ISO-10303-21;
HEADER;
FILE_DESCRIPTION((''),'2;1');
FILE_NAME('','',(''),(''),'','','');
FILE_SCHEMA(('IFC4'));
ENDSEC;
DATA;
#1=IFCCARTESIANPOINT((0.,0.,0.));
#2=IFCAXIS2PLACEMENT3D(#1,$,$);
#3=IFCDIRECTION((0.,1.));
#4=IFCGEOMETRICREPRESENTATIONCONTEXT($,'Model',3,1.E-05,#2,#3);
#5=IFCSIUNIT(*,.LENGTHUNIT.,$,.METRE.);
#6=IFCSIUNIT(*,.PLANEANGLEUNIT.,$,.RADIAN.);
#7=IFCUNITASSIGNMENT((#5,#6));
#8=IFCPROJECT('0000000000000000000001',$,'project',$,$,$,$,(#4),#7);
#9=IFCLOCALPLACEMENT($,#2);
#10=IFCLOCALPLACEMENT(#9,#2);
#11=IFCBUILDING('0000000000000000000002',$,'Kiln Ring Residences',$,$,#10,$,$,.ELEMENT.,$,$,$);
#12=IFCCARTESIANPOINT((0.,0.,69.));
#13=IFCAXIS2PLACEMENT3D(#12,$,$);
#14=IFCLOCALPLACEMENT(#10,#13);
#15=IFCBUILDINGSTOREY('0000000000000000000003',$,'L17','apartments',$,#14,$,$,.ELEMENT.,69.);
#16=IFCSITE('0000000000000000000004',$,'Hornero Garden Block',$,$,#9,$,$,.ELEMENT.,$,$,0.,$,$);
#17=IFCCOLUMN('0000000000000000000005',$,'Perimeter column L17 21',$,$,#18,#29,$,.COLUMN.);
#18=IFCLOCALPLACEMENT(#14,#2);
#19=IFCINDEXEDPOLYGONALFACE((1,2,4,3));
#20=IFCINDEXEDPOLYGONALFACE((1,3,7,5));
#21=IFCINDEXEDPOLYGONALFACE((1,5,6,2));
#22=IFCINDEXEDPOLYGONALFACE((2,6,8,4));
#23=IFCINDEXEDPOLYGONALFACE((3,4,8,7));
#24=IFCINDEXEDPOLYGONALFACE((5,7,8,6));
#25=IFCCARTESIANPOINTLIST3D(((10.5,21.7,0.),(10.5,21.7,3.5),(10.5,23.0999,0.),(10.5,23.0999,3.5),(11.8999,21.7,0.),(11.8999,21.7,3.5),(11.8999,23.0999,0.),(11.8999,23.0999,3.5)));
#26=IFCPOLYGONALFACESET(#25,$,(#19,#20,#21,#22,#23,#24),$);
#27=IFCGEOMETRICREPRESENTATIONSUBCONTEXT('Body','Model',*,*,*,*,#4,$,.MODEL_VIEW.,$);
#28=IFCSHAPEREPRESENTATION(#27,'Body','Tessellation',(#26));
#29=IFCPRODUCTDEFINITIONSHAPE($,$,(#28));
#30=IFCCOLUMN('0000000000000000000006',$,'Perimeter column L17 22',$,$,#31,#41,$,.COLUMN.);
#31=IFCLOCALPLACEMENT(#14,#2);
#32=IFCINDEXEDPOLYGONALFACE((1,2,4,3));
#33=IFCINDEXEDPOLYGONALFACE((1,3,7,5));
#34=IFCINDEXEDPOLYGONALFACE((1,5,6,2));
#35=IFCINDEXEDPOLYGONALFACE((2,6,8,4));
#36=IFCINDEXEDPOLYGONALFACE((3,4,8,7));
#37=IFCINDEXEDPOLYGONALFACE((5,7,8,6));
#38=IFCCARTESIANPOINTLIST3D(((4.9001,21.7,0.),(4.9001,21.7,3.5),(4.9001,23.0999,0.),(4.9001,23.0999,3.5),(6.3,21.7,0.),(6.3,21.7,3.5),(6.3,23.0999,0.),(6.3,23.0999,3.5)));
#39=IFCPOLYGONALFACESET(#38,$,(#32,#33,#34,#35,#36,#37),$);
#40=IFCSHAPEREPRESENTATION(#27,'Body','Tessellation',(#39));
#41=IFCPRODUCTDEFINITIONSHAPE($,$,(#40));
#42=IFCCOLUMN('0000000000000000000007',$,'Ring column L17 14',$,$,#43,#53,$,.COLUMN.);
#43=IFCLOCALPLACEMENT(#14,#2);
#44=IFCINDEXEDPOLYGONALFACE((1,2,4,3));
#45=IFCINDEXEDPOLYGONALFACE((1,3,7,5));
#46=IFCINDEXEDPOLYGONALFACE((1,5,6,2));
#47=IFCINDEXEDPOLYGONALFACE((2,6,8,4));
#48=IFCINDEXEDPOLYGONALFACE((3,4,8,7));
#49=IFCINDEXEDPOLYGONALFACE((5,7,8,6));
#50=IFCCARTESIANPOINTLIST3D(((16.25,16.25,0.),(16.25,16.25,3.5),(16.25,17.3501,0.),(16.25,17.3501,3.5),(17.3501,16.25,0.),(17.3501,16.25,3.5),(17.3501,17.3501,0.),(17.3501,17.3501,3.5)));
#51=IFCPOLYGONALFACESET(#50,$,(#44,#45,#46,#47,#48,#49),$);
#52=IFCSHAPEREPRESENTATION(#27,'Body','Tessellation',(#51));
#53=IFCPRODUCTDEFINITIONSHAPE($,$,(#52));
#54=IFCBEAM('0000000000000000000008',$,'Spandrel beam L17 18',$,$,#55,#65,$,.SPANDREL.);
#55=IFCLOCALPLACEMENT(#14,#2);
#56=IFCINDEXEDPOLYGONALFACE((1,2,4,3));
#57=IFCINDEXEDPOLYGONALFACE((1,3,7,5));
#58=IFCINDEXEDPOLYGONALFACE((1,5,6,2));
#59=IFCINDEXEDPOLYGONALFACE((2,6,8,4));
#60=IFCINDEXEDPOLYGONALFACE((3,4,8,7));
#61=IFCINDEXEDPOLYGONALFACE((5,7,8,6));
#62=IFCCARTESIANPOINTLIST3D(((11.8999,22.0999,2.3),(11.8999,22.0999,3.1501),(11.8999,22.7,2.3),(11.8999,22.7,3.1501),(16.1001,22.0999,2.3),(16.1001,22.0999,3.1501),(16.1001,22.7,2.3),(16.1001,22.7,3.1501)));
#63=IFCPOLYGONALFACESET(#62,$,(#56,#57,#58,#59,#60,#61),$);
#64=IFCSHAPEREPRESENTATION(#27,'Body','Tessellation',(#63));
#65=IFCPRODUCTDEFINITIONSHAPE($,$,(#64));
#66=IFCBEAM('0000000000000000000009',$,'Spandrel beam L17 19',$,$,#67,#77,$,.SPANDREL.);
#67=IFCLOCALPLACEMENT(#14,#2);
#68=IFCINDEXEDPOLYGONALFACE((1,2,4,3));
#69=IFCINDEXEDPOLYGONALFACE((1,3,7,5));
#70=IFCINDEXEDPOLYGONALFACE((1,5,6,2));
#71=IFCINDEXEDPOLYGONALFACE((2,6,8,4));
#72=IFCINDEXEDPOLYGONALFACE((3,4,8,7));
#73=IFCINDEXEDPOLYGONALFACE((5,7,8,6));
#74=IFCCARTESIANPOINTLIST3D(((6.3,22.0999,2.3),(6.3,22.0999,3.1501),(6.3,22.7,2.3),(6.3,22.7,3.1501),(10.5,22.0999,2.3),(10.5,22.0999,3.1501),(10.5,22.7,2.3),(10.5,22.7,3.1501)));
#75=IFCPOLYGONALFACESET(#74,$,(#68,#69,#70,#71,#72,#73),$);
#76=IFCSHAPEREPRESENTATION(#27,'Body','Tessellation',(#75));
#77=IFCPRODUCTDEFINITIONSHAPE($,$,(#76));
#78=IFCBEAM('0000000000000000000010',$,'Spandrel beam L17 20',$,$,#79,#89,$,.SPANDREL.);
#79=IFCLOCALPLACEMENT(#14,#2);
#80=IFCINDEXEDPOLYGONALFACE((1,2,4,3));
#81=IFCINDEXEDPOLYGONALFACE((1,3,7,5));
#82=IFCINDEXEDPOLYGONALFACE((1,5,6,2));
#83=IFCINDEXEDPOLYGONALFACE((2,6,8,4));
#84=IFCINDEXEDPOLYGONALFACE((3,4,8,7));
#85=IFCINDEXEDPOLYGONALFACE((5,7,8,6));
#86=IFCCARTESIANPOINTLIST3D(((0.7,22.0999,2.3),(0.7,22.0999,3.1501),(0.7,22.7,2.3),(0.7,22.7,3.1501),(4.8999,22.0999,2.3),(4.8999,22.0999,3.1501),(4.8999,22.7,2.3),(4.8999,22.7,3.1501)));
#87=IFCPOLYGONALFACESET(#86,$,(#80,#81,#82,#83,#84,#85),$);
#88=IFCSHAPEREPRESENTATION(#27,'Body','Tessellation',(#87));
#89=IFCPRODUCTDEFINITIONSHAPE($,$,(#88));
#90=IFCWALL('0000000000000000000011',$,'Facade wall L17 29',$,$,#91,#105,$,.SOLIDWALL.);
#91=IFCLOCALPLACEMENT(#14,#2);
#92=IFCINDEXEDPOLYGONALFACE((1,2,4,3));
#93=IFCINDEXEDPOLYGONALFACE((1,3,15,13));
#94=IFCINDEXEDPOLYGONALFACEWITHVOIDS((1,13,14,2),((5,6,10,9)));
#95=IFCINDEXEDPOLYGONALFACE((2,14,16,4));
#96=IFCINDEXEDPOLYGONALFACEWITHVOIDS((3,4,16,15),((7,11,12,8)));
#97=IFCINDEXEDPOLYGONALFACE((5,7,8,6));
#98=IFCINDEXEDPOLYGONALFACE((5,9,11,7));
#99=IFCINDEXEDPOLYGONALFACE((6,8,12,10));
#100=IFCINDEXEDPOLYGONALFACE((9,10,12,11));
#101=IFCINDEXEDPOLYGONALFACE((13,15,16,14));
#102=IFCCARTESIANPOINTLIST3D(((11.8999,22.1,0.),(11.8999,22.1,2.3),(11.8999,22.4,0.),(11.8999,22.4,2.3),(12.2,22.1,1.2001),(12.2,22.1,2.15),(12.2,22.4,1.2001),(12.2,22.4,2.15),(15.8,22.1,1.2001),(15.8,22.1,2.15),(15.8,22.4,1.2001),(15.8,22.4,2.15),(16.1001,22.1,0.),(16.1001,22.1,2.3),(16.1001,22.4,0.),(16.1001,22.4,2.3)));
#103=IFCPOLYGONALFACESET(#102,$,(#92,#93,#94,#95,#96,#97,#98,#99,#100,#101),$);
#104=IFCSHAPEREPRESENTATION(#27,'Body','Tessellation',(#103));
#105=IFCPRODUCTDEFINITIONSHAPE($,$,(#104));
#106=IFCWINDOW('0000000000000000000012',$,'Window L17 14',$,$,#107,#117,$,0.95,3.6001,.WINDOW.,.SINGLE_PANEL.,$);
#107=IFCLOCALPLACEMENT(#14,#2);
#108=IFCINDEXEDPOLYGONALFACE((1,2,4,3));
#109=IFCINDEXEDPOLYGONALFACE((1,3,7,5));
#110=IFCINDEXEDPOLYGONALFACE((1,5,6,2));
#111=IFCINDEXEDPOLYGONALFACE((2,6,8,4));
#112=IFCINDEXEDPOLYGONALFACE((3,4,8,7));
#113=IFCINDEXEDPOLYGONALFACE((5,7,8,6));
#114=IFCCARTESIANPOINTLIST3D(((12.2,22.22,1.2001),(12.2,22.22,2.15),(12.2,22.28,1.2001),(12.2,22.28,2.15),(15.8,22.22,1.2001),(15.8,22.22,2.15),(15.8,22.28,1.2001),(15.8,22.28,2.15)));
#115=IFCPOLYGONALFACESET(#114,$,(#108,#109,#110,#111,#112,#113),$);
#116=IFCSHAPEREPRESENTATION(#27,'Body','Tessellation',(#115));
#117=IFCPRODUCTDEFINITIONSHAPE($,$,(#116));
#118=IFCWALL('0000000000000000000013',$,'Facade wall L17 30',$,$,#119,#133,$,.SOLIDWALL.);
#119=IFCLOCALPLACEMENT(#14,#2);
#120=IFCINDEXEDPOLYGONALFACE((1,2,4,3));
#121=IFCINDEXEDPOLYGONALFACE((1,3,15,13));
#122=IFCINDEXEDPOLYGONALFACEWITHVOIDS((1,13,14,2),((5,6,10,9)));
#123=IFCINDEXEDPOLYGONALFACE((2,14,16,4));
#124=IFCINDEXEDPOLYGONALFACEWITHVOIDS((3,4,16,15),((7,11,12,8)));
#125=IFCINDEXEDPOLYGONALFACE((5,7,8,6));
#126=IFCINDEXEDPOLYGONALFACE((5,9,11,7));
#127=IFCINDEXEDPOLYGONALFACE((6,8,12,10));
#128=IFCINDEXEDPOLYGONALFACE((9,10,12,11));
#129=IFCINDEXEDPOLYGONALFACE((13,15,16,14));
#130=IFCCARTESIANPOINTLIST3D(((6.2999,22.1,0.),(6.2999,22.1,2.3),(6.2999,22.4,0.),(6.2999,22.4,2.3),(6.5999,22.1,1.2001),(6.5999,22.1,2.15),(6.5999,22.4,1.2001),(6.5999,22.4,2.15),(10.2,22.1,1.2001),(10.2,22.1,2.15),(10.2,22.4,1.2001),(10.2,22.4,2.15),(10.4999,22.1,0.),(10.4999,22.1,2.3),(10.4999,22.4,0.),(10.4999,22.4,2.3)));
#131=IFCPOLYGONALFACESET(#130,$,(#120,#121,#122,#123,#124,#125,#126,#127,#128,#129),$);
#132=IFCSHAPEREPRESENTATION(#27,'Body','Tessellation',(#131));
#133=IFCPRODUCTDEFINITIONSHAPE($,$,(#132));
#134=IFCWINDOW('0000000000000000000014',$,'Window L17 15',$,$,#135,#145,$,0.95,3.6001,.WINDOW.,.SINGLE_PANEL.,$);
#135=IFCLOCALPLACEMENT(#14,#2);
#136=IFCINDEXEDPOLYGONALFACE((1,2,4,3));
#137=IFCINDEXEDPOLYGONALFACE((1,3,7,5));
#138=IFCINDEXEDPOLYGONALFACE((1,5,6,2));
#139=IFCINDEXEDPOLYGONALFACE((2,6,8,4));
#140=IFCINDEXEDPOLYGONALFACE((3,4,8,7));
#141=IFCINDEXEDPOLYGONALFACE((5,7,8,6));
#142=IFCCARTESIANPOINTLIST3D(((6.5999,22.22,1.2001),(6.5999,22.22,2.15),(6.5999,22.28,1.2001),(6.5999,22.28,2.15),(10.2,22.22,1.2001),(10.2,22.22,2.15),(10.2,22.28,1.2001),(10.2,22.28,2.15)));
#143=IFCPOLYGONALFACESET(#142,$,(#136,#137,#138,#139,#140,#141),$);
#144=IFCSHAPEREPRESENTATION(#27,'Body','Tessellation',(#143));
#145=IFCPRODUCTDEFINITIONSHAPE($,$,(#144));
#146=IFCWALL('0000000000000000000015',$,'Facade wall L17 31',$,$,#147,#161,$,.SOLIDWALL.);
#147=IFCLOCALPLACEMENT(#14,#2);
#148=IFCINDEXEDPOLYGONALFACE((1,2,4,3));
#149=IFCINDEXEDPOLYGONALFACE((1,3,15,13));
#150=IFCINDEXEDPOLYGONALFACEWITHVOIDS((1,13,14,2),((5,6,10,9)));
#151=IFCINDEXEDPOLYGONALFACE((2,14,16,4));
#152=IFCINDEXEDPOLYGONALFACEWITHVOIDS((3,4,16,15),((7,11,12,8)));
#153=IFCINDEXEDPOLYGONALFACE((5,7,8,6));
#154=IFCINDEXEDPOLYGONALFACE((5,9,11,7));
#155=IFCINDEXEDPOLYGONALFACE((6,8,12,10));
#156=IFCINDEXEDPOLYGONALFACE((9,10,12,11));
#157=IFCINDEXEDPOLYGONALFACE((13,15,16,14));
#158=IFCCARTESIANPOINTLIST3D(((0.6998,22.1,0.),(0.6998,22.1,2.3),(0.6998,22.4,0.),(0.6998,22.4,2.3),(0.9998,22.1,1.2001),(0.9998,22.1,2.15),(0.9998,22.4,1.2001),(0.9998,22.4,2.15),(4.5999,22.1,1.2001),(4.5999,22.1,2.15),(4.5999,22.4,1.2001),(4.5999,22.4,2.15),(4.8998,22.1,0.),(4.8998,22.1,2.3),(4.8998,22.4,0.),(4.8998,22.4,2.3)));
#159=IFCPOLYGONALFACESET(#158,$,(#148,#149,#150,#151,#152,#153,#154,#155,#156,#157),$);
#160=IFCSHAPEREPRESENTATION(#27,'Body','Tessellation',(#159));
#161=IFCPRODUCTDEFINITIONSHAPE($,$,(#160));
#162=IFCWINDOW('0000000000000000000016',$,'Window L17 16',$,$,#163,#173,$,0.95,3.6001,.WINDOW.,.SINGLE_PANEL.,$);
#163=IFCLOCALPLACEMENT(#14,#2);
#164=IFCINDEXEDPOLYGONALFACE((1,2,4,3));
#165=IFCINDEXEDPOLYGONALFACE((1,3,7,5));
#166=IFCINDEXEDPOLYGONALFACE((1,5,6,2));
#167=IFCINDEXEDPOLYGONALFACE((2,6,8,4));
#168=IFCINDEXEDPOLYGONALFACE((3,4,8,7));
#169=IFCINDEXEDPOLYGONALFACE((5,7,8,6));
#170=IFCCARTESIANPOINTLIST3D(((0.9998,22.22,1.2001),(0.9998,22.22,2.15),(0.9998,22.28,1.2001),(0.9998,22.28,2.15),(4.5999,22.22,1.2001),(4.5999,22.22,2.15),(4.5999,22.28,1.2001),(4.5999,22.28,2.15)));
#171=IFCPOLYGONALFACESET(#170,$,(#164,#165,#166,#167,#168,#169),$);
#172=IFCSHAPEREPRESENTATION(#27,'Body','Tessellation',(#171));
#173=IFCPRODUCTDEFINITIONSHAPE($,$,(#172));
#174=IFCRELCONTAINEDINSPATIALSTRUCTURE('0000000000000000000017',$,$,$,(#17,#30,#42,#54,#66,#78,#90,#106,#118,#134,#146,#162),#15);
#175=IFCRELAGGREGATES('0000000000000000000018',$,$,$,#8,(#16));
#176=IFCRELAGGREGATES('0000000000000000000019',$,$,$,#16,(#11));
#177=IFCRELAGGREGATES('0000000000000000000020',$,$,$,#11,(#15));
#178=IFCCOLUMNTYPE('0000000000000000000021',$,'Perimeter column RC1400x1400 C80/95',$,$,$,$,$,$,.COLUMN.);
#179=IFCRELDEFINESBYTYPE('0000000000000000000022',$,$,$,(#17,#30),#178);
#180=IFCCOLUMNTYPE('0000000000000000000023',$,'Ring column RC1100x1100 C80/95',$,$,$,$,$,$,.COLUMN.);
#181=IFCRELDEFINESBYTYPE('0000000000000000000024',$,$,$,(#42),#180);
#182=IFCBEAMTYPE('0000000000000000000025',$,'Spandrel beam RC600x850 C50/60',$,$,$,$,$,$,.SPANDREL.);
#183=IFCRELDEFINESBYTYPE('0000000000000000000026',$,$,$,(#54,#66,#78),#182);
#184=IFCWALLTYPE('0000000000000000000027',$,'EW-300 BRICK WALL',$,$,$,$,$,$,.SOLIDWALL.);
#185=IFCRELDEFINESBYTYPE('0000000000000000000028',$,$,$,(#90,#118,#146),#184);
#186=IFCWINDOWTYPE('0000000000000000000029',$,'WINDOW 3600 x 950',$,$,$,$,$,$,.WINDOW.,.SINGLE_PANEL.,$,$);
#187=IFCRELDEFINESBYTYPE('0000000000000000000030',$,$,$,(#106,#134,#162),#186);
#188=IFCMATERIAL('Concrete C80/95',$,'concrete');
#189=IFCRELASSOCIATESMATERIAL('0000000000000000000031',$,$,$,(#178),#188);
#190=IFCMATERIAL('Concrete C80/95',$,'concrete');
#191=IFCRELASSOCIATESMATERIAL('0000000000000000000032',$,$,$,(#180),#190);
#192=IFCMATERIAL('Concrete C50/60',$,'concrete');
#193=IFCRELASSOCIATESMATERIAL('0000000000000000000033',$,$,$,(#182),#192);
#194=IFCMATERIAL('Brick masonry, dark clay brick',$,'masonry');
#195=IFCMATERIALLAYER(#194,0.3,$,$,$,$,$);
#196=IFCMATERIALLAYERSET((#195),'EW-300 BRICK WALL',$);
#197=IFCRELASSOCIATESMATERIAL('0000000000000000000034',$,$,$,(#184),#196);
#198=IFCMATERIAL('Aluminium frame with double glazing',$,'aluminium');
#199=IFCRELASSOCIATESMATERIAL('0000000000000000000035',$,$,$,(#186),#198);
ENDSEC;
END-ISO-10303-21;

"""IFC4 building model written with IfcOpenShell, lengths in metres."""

from ifc_helpers import new_model, si_unit, direction, frame, frame_2d, origin, origin_2d, place, context, subcontext, project, spatial, rectangle, extrude, material, layer, layer_set, material_profile, profile_set, type_object, element, fill, save


model = new_model("IFC4")

# Units and contexts
model_context = context("Model", 3, precision=1e-05, world=origin(), true_north=direction((0.0, 1.0)))
body_context = subcontext(model_context, "Body", "Model", "MODEL_VIEW")
ifc_project = project(units=[si_unit("LENGTHUNIT", "METRE"), si_unit("PLANEANGLEUNIT", "RADIAN")], contexts=[model_context])

# Site, building, storey
site_placement = place(None, origin())
site = spatial("IfcSite", under=ifc_project, at=site_placement, Name="Hornero Garden Block", CompositionType="ELEMENT", RefElevation=0.0)
building_placement = place(site_placement, origin())
building = spatial("IfcBuilding", under=site, at=building_placement, Name="Kiln Ring Residences", CompositionType="ELEMENT")
storey_placement = place(building_placement, frame((0.0, 0.0, 69.0)))
storey = spatial("IfcBuildingStorey", under=building, at=storey_placement, Name="L17", Description="apartments", CompositionType="ELEMENT", Elevation=69.0)

# Columns
ifc_material_1 = material(Name="Concrete C80/95", Category="concrete")
ifc_material_profile_1 = material_profile(ifc_material_1, rectangle(XDim=1.3999, YDim=1.3999, at=origin_2d()), Name="RC1400x1400")
ifc_profile_set_1 = profile_set([ifc_material_profile_1], Name="Concrete C80/95")
column_type_1 = type_object("IfcColumnType", Name="Perimeter column RC1400x1400 C80/95", PredefinedType="COLUMN", material=ifc_profile_set_1)
for number, where, z_axis, x_axis, name in (
    (1, (11.2, 22.3999, 0.0), (0.0, 0.0, 1.0), (1.0, 0.0, 0.0), "Perimeter column L17 21"),
    (2, (5.6001, 22.3999, 0.0), (0.0, 0.0, 1.0), (1.0, 0.0, 0.0), "Perimeter column L17 22"),
):
    element("IfcColumn", number, at=place(storey_placement, frame(where, z_axis=z_axis, x_axis=x_axis)), inside=storey, type_object=column_type_1, Name=name, PredefinedType="COLUMN", context=body_context, shape_type="SweptSolid", body=[
        extrude(rectangle(XDim=1.3999, YDim=1.3999, at=origin_2d()), origin(), (0.0, 0.0, 1.0), 3.5),
    ])
ifc_material_2 = material(Name="Concrete C80/95", Category="concrete")
ifc_material_profile_2 = material_profile(ifc_material_2, rectangle(XDim=1.1001, YDim=1.1001, at=origin_2d()), Name="RC1100x1100")
ifc_profile_set_2 = profile_set([ifc_material_profile_2], Name="Concrete C80/95")
column_type_2 = type_object("IfcColumnType", Name="Ring column RC1100x1100 C80/95", PredefinedType="COLUMN", material=ifc_profile_set_2)
column_placement = place(storey_placement, frame((16.8, 16.8, 0.0), z_axis=(0.0, 0.0, 1.0), x_axis=(1.0, 0.0, 0.0)))
element("IfcColumn", 3, at=column_placement, inside=storey, type_object=column_type_2, Name="Ring column L17 14", PredefinedType="COLUMN", context=body_context, shape_type="SweptSolid", body=[
    extrude(rectangle(XDim=1.1001, YDim=1.1001, at=origin_2d()), origin(), (0.0, 0.0, 1.0), 3.5),
])

# Beams
ifc_material_3 = material(Name="Concrete C50/60", Category="concrete")
ifc_material_profile_3 = material_profile(ifc_material_3, rectangle(XDim=0.6001, YDim=0.8501, at=origin_2d()), Name="RC600x850")
ifc_profile_set_3 = profile_set([ifc_material_profile_3], Name="Concrete C50/60")
beam_type = type_object("IfcBeamType", Name="Spandrel beam RC600x850 C50/60", PredefinedType="SPANDREL", material=ifc_profile_set_3)
beam_placement = place(storey_placement, frame((16.1001, 22.3999, 2.7251), z_axis=(-1.0, 0.0, 0.0), x_axis=(0.0, -1.0, 0.0)))
element("IfcBeam", 4, at=beam_placement, inside=storey, type_object=beam_type, Name="Spandrel beam L17 18", PredefinedType="SPANDREL", context=body_context, shape_type="SweptSolid", body=[
    extrude(rectangle(XDim=0.6001, YDim=0.8501, at=origin_2d()), origin(), (0.0, 0.0, 1.0), 4.2002),
])
for number, where, z_axis, x_axis, name in (
    (5, (10.5, 22.3999, 2.7251), (-1.0, 0.0, 0.0), (0.0, -1.0, 0.0), "Spandrel beam L17 19"),
    (6, (4.8999, 22.3999, 2.7251), (-1.0, 0.0, 0.0), (0.0, -1.0, 0.0), "Spandrel beam L17 20"),
):
    element("IfcBeam", number, at=place(storey_placement, frame(where, z_axis=z_axis, x_axis=x_axis)), inside=storey, type_object=beam_type, Name=name, PredefinedType="SPANDREL", context=body_context, shape_type="SweptSolid", body=[
        extrude(rectangle(XDim=0.6001, YDim=0.8501, at=origin_2d()), origin(), (0.0, 0.0, 1.0), 4.2),
    ])

# Walls, openings, windows
ifc_material_4 = material(Name="Brick masonry, dark clay brick", Category="masonry")
ifc_layer_1 = layer(ifc_material_4, 0.3)
ifc_layer_set_1 = layer_set([ifc_layer_1], Name="EW-300 BRICK WALL")
wall_type_1 = type_object("IfcWallType", Name="EW-300 BRICK WALL", PredefinedType="SOLIDWALL", material=ifc_layer_set_1)
wall_1_placement = place(storey_placement, frame((16.1001, 22.25, 0.0), z_axis=(0.0, 0.0, 1.0), x_axis=(-1.0, 0.0, 0.0)))
wall_1 = element("IfcWall", 7, at=wall_1_placement, inside=storey, type_object=wall_type_1, Name="Facade wall L17 29", PredefinedType="SOLIDWALL", context=body_context, shape_type="SweptSolid", body=[
    extrude(rectangle(XDim=4.2002, YDim=0.3, at=frame_2d((2.1001, 0.0))), origin(), (0.0, 0.0, 1.0), 2.3),
])
opening_1_placement = place(wall_1_placement, frame((0.3, 0.0, 1.2)))
opening_1 = element("IfcOpeningElement", 8, at=opening_1_placement, cuts=wall_1, PredefinedType="OPENING", context=body_context, shape_type="SweptSolid", body=[
    extrude(rectangle(XDim=3.6001, YDim=0.95, at=frame_2d((1.8, 0.4751))), frame((0.0, 0.1599, 0.0), z_axis=(0.0, -1.0, 0.0), x_axis=(1.0, 0.0, 0.0)), (0.0, 0.0, 1.0), 0.3201),
])
ifc_material_5 = material(Name="Aluminium frame with double glazing", Category="aluminium")
window_type = type_object("IfcWindowType", Name="WINDOW 3600 x 950", PartitioningType="SINGLE_PANEL", PredefinedType="WINDOW", material=ifc_material_5)
window_1_placement = place(opening_1_placement, origin())
window_1 = element("IfcWindow", 9, at=window_1_placement, inside=storey, type_object=window_type, Name="Window L17 14", OverallHeight=0.95, OverallWidth=3.6001, PartitioningType="SINGLE_PANEL", PredefinedType="WINDOW", context=body_context, shape_type="SweptSolid", body=[
    extrude(rectangle(XDim=3.6001, YDim=0.95, at=frame_2d((1.8, 0.4751))), frame((0.0, 0.03, 0.0), z_axis=(0.0, -1.0, 0.0), x_axis=(1.0, 0.0, 0.0)), (0.0, 0.0, 1.0), 0.0601),
])
fill(opening_1, window_1)
wall_2_placement = place(storey_placement, frame((10.5, 22.25, 0.0), z_axis=(0.0, 0.0, 1.0), x_axis=(-1.0, 0.0, 0.0)))
wall_2 = element("IfcWall", 10, at=wall_2_placement, inside=storey, type_object=wall_type_1, Name="Facade wall L17 30", PredefinedType="SOLIDWALL", context=body_context, shape_type="SweptSolid", body=[
    extrude(rectangle(XDim=4.2, YDim=0.3, at=frame_2d((2.1001, 0.0))), origin(), (0.0, 0.0, 1.0), 2.3),
])
opening_2_placement = place(wall_2_placement, frame((0.3, 0.0, 1.2)))
opening_2 = element("IfcOpeningElement", 11, at=opening_2_placement, cuts=wall_2, PredefinedType="OPENING", context=body_context, shape_type="SweptSolid", body=[
    extrude(rectangle(XDim=3.6001, YDim=0.95, at=frame_2d((1.8, 0.4751))), frame((0.0, 0.1599, 0.0), z_axis=(0.0, -1.0, 0.0), x_axis=(1.0, 0.0, 0.0)), (0.0, 0.0, 1.0), 0.3201),
])
window_2_placement = place(opening_2_placement, origin())
window_2 = element("IfcWindow", 12, at=window_2_placement, inside=storey, type_object=window_type, Name="Window L17 15", OverallHeight=0.95, OverallWidth=3.6001, PartitioningType="SINGLE_PANEL", PredefinedType="WINDOW", context=body_context, shape_type="SweptSolid", body=[
    extrude(rectangle(XDim=3.6001, YDim=0.95, at=frame_2d((1.8, 0.4751))), frame((0.0, 0.03, 0.0), z_axis=(0.0, -1.0, 0.0), x_axis=(1.0, 0.0, 0.0)), (0.0, 0.0, 1.0), 0.0601),
])
fill(opening_2, window_2)
wall_3_placement = place(storey_placement, frame((4.8999, 22.25, 0.0), z_axis=(0.0, 0.0, 1.0), x_axis=(-1.0, 0.0, 0.0)))
wall_3 = element("IfcWall", 13, at=wall_3_placement, inside=storey, type_object=wall_type_1, Name="Facade wall L17 31", PredefinedType="SOLIDWALL", context=body_context, shape_type="SweptSolid", body=[
    extrude(rectangle(XDim=4.2, YDim=0.3, at=frame_2d((2.1001, 0.0))), origin(), (0.0, 0.0, 1.0), 2.3),
])
opening_3_placement = place(wall_3_placement, frame((0.3, 0.0, 1.2)))
opening_3 = element("IfcOpeningElement", 14, at=opening_3_placement, cuts=wall_3, PredefinedType="OPENING", context=body_context, shape_type="SweptSolid", body=[
    extrude(rectangle(XDim=3.6001, YDim=0.95, at=frame_2d((1.8, 0.4751))), frame((0.0, 0.1599, 0.0), z_axis=(0.0, -1.0, 0.0), x_axis=(1.0, 0.0, 0.0)), (0.0, 0.0, 1.0), 0.3201),
])
window_3_placement = place(opening_3_placement, origin())
window_3 = element("IfcWindow", 15, at=window_3_placement, inside=storey, type_object=window_type, Name="Window L17 16", OverallHeight=0.95, OverallWidth=3.6001, PartitioningType="SINGLE_PANEL", PredefinedType="WINDOW", context=body_context, shape_type="SweptSolid", body=[
    extrude(rectangle(XDim=3.6001, YDim=0.95, at=frame_2d((1.8, 0.4751))), frame((0.0, 0.03, 0.0), z_axis=(0.0, -1.0, 0.0), x_axis=(1.0, 0.0, 0.0)), (0.0, 0.0, 1.0), 0.0601),
])
fill(opening_3, window_3)

save(model, "model.ifc")
